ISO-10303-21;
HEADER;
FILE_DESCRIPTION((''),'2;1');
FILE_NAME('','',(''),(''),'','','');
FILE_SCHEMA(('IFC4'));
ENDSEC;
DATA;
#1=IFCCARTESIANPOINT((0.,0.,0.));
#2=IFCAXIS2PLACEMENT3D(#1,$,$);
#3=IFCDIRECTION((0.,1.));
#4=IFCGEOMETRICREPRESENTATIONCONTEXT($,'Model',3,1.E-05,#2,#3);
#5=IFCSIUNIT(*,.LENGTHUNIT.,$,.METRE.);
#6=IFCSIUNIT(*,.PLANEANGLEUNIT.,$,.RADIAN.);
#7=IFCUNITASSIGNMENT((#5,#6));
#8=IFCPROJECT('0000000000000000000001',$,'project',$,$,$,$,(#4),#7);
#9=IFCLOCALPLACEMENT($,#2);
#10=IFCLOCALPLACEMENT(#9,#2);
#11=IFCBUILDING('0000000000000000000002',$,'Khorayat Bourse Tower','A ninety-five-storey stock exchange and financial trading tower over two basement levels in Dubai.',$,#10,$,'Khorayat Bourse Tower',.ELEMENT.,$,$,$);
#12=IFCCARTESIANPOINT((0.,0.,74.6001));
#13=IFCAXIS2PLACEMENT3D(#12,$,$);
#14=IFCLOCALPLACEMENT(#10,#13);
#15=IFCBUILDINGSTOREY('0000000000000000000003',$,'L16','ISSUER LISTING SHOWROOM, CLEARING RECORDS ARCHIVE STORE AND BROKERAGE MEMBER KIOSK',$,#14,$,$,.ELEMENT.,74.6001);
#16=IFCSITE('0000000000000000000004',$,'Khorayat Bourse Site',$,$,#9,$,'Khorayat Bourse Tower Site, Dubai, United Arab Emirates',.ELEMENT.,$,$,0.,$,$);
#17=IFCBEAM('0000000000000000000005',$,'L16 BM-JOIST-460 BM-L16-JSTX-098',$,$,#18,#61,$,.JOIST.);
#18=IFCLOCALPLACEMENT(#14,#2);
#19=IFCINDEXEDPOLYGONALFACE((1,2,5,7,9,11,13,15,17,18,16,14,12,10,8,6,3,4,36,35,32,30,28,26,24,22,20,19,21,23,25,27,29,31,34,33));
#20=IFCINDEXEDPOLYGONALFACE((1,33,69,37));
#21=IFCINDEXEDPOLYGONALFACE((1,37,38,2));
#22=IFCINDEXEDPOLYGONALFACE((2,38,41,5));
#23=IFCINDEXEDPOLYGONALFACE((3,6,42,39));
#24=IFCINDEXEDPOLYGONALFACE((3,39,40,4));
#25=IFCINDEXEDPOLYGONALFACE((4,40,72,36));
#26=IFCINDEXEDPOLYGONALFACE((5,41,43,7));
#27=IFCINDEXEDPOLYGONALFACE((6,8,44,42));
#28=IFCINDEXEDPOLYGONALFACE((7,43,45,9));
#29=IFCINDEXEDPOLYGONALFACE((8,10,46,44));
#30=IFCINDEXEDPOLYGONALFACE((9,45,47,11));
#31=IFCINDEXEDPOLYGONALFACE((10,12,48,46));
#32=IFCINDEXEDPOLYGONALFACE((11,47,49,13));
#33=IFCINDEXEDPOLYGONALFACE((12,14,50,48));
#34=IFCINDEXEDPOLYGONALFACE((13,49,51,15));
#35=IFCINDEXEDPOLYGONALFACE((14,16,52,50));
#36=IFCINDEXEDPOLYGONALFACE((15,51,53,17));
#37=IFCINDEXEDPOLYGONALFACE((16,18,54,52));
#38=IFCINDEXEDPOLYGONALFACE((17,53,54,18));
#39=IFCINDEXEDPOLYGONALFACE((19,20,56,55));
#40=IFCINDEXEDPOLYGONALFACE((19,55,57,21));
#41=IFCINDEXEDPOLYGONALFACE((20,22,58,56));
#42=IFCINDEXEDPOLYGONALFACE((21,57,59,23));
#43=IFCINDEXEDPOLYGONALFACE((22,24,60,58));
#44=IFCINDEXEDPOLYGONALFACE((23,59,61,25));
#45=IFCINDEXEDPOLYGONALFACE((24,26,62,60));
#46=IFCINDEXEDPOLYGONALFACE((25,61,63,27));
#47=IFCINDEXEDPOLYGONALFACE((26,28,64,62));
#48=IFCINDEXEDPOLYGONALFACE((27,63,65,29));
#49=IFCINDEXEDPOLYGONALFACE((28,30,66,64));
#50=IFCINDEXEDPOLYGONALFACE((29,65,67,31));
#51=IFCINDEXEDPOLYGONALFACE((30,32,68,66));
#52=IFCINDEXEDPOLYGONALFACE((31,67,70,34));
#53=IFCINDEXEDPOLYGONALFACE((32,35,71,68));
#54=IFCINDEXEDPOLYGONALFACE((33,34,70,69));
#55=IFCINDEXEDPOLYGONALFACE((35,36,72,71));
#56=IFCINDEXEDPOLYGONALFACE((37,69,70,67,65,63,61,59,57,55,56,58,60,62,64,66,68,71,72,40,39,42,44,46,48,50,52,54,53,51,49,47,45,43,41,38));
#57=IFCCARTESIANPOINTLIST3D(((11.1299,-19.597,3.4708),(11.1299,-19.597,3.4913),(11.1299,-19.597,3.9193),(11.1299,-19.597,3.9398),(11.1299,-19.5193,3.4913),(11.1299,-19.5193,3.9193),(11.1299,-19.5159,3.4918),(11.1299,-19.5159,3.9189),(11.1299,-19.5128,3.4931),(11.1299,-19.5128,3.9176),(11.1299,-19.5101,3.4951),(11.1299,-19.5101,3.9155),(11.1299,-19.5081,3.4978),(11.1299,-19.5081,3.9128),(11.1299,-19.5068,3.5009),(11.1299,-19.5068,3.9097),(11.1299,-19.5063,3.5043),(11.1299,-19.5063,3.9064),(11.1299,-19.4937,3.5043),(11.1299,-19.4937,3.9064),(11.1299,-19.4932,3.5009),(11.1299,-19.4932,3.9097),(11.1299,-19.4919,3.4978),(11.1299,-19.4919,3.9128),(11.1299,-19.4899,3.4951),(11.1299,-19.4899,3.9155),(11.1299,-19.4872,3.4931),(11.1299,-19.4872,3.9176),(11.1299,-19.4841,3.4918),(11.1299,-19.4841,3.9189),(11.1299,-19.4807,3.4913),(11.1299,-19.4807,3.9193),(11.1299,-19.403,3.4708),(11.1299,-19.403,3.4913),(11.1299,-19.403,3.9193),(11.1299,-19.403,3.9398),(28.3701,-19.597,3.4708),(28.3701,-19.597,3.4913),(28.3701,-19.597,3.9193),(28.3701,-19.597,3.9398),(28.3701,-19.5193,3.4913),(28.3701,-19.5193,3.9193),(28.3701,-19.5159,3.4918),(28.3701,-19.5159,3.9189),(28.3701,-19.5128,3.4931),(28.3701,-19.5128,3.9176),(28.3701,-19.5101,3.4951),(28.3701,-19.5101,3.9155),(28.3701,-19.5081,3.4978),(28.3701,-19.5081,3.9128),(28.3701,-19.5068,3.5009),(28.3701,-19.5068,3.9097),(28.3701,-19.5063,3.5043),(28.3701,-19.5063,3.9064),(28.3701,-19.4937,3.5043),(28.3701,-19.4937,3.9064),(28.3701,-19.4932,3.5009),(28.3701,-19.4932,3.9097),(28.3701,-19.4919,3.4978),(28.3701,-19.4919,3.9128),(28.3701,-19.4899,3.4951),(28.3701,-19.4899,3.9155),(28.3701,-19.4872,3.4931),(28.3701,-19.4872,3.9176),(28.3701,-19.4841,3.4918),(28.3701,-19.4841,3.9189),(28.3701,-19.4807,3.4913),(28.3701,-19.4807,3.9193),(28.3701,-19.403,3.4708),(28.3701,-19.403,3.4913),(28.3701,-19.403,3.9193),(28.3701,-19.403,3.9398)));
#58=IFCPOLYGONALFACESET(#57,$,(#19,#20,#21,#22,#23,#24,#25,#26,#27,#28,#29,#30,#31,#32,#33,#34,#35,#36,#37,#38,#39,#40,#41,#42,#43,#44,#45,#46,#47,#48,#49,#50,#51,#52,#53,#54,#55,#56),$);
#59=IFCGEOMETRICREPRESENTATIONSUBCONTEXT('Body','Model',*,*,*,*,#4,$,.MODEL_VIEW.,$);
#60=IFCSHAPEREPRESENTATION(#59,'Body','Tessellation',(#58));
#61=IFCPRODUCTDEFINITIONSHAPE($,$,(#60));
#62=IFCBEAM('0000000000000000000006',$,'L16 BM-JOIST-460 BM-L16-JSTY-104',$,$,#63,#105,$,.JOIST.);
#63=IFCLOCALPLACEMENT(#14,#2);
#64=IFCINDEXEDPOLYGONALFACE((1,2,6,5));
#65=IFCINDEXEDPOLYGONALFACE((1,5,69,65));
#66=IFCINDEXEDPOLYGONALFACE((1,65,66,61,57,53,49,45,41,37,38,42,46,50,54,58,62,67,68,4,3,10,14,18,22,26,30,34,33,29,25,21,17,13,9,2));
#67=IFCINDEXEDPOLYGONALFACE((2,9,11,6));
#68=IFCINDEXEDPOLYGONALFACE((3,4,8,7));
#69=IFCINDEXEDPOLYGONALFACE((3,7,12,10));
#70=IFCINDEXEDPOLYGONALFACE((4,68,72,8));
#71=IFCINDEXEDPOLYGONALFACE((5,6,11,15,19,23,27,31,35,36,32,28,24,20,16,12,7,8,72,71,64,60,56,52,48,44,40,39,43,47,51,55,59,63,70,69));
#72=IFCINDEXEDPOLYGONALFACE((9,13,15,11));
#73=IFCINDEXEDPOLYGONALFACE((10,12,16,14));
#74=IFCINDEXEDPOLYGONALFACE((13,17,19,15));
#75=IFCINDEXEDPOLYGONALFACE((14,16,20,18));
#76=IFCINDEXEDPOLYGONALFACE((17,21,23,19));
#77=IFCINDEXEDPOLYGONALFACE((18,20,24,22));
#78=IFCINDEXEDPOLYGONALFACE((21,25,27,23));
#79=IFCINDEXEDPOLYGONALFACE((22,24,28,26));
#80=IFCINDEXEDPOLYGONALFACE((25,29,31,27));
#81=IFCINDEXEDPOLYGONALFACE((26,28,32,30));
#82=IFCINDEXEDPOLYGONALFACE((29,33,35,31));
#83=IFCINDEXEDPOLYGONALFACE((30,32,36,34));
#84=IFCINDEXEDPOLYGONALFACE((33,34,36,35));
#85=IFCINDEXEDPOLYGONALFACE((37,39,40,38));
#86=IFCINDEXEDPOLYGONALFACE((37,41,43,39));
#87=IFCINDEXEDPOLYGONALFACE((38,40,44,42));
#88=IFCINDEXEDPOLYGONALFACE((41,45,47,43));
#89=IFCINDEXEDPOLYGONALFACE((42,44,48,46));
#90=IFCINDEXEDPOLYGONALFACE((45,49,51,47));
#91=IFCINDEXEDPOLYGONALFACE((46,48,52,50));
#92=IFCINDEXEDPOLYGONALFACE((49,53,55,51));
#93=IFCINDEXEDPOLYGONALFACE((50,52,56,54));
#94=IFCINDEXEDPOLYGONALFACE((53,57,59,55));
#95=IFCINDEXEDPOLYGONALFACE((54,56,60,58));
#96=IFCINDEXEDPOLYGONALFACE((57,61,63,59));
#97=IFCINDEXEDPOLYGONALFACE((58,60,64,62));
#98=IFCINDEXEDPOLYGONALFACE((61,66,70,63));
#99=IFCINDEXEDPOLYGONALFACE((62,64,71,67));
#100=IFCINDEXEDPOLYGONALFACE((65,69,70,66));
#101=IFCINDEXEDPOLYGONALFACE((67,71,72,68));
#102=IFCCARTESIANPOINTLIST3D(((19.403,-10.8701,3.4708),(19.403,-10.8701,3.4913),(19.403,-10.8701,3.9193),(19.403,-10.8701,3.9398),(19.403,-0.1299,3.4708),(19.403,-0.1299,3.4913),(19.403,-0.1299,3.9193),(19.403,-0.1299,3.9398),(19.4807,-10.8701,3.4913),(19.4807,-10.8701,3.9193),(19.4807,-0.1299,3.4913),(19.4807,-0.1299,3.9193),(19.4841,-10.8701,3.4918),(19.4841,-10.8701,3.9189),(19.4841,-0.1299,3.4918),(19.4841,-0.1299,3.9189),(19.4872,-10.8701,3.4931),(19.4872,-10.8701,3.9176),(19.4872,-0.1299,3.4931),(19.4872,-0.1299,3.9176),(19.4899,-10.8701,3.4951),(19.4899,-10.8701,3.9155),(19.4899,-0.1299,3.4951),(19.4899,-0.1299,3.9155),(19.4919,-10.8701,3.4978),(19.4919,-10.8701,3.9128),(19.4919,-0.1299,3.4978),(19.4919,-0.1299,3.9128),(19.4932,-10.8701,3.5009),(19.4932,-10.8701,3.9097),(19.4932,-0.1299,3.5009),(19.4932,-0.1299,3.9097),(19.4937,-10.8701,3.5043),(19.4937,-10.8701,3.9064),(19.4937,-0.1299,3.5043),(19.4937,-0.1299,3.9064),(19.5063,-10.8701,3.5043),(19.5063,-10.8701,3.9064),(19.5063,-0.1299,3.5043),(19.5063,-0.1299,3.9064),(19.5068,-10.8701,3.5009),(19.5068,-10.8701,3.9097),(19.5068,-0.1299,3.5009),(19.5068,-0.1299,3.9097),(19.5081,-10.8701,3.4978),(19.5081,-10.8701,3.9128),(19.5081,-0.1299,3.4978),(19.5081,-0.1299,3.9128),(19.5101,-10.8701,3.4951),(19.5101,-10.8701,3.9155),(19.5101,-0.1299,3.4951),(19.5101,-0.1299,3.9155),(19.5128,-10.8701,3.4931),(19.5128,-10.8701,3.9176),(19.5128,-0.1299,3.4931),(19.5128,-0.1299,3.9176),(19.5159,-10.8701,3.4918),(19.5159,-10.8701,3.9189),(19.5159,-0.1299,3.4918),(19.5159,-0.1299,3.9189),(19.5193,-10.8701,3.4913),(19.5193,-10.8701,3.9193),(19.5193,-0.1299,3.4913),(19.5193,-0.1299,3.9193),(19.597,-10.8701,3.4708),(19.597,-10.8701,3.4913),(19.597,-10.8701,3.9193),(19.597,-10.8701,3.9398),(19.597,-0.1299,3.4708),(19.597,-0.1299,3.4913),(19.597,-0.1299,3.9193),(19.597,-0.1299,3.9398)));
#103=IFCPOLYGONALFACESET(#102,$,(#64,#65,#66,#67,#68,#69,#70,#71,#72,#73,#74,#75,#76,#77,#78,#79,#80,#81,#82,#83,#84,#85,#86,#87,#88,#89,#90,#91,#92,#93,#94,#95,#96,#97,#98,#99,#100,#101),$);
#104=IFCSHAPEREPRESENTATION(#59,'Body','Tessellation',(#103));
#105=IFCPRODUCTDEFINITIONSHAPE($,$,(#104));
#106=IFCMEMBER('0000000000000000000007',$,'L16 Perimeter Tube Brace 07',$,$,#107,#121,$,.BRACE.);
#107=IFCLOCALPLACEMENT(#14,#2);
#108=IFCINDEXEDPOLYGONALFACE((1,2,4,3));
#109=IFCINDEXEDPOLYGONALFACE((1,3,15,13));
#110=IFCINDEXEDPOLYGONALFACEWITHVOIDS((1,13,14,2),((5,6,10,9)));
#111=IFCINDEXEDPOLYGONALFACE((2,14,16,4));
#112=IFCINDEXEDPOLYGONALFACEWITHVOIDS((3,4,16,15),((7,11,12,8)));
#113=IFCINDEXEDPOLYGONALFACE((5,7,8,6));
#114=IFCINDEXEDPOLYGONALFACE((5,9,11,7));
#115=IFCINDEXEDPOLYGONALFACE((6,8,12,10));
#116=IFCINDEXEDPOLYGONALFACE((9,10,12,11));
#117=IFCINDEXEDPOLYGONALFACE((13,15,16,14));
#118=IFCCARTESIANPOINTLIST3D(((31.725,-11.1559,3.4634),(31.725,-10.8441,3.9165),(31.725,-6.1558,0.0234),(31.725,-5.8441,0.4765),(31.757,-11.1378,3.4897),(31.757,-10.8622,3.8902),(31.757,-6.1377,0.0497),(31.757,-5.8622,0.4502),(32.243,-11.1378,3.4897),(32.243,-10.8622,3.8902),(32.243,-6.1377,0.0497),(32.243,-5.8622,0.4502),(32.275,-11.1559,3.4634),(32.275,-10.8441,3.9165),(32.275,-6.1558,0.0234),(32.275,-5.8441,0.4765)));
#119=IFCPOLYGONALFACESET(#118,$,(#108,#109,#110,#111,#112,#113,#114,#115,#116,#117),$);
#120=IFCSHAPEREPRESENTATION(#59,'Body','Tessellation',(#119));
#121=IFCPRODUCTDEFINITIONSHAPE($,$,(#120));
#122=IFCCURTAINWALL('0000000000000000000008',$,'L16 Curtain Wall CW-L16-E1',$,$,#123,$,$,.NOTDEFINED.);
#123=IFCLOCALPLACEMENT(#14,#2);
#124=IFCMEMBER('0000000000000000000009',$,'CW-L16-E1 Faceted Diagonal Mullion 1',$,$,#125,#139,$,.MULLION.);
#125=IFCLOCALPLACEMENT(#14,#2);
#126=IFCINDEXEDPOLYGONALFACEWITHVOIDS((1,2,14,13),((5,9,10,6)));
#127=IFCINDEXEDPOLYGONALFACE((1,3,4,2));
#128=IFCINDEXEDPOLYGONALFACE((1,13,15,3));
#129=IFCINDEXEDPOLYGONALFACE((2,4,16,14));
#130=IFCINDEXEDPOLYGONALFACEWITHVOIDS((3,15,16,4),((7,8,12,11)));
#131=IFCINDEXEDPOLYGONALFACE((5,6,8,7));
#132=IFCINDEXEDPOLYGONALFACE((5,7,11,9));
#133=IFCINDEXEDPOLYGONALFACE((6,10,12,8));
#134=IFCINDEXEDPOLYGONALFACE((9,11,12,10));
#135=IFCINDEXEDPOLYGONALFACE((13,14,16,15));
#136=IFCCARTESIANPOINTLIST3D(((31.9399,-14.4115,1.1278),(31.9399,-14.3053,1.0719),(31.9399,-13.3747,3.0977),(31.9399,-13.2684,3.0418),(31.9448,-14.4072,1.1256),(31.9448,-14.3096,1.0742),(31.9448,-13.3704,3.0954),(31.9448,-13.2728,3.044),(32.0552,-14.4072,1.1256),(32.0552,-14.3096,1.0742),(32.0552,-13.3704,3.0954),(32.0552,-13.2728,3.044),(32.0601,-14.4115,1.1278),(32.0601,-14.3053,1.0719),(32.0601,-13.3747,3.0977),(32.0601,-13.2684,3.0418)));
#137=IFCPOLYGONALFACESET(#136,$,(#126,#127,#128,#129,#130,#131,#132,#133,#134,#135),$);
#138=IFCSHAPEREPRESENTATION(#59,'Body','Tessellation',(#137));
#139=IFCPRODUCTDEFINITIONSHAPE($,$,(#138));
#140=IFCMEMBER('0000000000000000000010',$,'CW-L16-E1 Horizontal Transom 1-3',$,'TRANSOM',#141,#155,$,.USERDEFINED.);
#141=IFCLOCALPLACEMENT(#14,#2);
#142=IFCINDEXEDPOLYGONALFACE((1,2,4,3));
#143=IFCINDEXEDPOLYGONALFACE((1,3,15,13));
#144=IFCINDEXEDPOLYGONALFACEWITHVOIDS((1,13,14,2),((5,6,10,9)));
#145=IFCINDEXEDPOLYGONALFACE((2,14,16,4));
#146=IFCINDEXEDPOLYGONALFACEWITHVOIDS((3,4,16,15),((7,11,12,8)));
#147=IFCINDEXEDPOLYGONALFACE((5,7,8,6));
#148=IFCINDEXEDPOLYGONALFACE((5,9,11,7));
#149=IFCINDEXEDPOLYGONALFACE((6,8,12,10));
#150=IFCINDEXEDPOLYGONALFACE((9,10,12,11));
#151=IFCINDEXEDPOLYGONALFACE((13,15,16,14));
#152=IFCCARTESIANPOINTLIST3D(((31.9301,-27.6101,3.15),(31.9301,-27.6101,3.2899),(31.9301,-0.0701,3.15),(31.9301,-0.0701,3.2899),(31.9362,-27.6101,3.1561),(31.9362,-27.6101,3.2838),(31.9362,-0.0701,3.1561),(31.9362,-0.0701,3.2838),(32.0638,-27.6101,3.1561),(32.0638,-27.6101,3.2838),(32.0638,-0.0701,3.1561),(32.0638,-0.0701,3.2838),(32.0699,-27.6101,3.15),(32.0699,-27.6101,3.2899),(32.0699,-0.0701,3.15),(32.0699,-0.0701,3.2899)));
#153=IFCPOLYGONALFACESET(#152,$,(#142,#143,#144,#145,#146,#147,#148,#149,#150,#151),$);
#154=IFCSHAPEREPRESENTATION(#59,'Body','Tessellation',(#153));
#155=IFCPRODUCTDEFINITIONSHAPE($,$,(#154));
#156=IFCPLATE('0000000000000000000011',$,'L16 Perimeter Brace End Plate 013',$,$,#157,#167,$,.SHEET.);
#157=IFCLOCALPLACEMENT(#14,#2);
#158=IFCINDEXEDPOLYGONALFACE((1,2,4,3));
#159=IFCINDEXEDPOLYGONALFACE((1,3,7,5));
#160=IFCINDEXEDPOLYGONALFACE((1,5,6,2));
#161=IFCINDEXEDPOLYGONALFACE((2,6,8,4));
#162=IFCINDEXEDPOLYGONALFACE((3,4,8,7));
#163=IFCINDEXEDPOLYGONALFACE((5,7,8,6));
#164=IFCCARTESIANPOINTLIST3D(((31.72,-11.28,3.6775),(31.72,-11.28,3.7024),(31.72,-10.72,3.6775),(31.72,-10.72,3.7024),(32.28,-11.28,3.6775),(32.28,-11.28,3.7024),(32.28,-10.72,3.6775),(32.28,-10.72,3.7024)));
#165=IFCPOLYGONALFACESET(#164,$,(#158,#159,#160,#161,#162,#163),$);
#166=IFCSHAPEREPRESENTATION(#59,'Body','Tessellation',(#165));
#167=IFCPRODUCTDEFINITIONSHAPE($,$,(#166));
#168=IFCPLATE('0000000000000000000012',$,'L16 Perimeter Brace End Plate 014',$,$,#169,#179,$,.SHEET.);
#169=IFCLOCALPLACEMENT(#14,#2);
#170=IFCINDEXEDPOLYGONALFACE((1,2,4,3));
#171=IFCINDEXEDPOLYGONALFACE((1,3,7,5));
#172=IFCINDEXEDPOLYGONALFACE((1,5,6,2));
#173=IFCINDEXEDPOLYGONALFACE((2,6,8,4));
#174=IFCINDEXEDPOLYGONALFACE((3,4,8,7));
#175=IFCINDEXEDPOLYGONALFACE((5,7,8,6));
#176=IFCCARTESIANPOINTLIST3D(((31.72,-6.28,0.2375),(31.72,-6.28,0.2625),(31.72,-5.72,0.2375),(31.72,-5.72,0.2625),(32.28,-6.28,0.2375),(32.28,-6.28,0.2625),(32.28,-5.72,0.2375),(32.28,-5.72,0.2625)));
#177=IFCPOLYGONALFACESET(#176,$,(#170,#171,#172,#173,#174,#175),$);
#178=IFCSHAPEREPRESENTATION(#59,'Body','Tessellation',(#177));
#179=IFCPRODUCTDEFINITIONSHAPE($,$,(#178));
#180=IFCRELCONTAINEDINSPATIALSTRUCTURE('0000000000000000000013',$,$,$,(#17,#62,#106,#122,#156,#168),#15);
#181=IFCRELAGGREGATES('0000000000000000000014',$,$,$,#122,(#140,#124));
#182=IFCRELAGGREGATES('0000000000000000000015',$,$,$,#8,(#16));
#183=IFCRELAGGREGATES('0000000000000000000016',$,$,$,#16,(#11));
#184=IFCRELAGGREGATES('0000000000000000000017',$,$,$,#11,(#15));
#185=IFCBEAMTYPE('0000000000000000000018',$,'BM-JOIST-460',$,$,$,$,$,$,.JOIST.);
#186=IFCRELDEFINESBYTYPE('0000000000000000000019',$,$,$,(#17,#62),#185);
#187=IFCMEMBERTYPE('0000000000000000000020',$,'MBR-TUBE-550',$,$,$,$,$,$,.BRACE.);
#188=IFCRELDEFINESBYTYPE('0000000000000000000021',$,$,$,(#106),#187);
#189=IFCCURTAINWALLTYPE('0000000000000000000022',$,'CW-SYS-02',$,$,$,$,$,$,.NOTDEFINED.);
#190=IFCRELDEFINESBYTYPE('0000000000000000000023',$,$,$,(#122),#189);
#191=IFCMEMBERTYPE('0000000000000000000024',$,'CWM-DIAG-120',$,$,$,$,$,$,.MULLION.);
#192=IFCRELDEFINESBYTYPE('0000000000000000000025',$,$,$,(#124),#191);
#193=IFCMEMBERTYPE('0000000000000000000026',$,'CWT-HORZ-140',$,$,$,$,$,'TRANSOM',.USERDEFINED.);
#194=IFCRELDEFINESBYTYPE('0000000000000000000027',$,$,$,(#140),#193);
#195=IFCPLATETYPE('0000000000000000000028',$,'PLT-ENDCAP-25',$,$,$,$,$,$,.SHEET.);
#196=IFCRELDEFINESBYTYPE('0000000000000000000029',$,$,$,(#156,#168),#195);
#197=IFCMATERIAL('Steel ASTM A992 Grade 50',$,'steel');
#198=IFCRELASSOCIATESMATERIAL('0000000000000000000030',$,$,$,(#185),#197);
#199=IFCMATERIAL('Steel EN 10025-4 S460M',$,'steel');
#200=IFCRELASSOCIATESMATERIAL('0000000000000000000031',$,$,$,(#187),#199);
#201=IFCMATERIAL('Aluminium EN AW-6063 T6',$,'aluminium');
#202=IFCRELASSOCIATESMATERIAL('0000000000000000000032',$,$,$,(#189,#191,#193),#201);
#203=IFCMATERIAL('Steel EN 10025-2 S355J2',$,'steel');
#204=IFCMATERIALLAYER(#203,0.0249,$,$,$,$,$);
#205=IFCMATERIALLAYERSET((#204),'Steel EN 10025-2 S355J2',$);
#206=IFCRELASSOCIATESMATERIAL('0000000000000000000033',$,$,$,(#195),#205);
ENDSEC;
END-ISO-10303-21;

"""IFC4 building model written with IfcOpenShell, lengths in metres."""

from ifc_helpers import new_model, si_unit, direction, frame, origin, origin_2d, place, context, subcontext, project, spatial, rectangle, hollow_rectangle, i_section, extrude, source, transform, mapped, material, layer, layer_set, material_profile, profile_set, type_object, element, aggregate, save


model = new_model("IFC4")

# Units and contexts
model_context = context("Model", 3, precision=1e-05, world=origin(), true_north=direction((0.0, 1.0)))
body_context = subcontext(model_context, "Body", "Model", "MODEL_VIEW")
ifc_project = project(units=[si_unit("LENGTHUNIT", "METRE"), si_unit("PLANEANGLEUNIT", "RADIAN")], contexts=[model_context])

# Site, building, storey
site_placement = place(None, origin())
site = spatial("IfcSite", under=ifc_project, at=site_placement, Name="Khorayat Bourse Site", LongName="Khorayat Bourse Tower Site, Dubai, United Arab Emirates", CompositionType="ELEMENT", RefElevation=0.0)
building_placement = place(site_placement, origin())
building = spatial("IfcBuilding", under=site, at=building_placement, Name="Khorayat Bourse Tower", Description="A ninety-five-storey stock exchange and financial trading tower over two basement levels in Dubai.", LongName="Khorayat Bourse Tower", CompositionType="ELEMENT")
storey_placement = place(building_placement, frame((0.0, 0.0, 74.6001)))
storey = spatial("IfcBuildingStorey", under=building, at=storey_placement, Name="L16", Description="ISSUER LISTING SHOWROOM, CLEARING RECORDS ARCHIVE STORE AND BROKERAGE MEMBER KIOSK", CompositionType="ELEMENT", Elevation=74.6001)

# Shared definitions
ifc_material_1 = material(Name="Steel EN 10025-4 S460M", Category="steel")

# Beams
ifc_material_2 = material(Name="Steel ASTM A992 Grade 50", Category="steel")
ifc_material_profile_1 = material_profile(ifc_material_2, i_section(OverallWidth=0.1941, OverallDepth=0.469, WebThickness=0.0127, FlangeThickness=0.0205, FilletRadius=0.0129, at=origin_2d()), Name="W460X106")
ifc_profile_set_1 = profile_set([ifc_material_profile_1], Name="Steel ASTM A992 Grade 50")
beam_type_1 = type_object("IfcBeamType", Name="BM-JOIST-460", PredefinedType="JOIST", material=ifc_profile_set_1)
shared_shape_1 = source(origin(), body_context, "Body", "SweptSolid", [
    extrude(i_section(OverallWidth=0.1941, OverallDepth=0.469, WebThickness=0.0127, FlangeThickness=0.0205, FilletRadius=0.0129, at=origin_2d()), origin(), (0.0, 0.0, 1.0), 17.2402),
])
beam_1_placement = place(storey_placement, frame((11.1299, -19.5, 3.7053), z_axis=(1.0, 0.0, 0.0), x_axis=(0.0, 1.0, 0.0)))
element("IfcBeam", 1, at=beam_1_placement, inside=storey, type_object=beam_type_1, Name="L16 BM-JOIST-460 BM-L16-JSTX-098", PredefinedType="JOIST", context=body_context, shape_type="MappedRepresentation", body=[
    mapped(shared_shape_1, transform((0.0, 0.0, 0.0), scale=1.0)),
])
shared_shape_2 = source(origin(), body_context, "Body", "SweptSolid", [
    extrude(i_section(OverallWidth=0.1941, OverallDepth=0.469, WebThickness=0.0127, FlangeThickness=0.0205, FilletRadius=0.0129, at=origin_2d()), origin(), (0.0, 0.0, 1.0), 10.7402),
])
beam_2_placement = place(storey_placement, frame((19.5, -10.8701, 3.7053), z_axis=(0.0, 1.0, 0.0), x_axis=(-1.0, 0.0, 0.0)))
element("IfcBeam", 2, at=beam_2_placement, inside=storey, type_object=beam_type_1, Name="L16 BM-JOIST-460 BM-L16-JSTY-104", PredefinedType="JOIST", context=body_context, shape_type="MappedRepresentation", body=[
    mapped(shared_shape_2, transform((0.0, 0.0, 0.0), scale=1.0)),
])

# Member
ifc_material_profile_2 = material_profile(ifc_material_1, hollow_rectangle(XDim=0.55, YDim=0.55, WallThickness=0.032, at=origin_2d()), Name="HSS 550x550x32")
ifc_profile_set_2 = profile_set([ifc_material_profile_2], Name="Steel EN 10025-4 S460M")
member_type_1 = type_object("IfcMemberType", Name="MBR-TUBE-550", PredefinedType="BRACE", material=ifc_profile_set_2)
shared_shape_3 = source(origin(), body_context, "Body", "SweptSolid", [
    extrude(hollow_rectangle(XDim=0.55, YDim=0.55, WallThickness=0.032, at=origin_2d()), origin(), (0.0, 0.0, 1.0), 6.0691),
])
member_1_placement = place(storey_placement, frame((32.0, -11.0, 3.6899), z_axis=(0.0, 0.823854, -0.566802), x_axis=(-1.0, 0.0, 0.0)))
element("IfcMember", 3, at=member_1_placement, inside=storey, type_object=member_type_1, Name="L16 Perimeter Tube Brace 07", PredefinedType="BRACE", context=body_context, shape_type="MappedRepresentation", body=[
    mapped(shared_shape_3, transform((0.0, 0.0, 0.0), scale=1.0)),
])

# Curtain wall, members
ifc_material_3 = material(Name="Aluminium EN AW-6063 T6", Category="aluminium")
curtain_wall_type = type_object("IfcCurtainWallType", Name="CW-SYS-02", PredefinedType="NOTDEFINED", material=ifc_material_3)
curtain_wall_placement = place(storey_placement, origin())
curtain_wall = element("IfcCurtainWall", 4, at=curtain_wall_placement, inside=storey, type_object=curtain_wall_type, Name="L16 Curtain Wall CW-L16-E1", PredefinedType="NOTDEFINED")
ifc_material_profile_3 = material_profile(ifc_material_3, hollow_rectangle(XDim=0.1201, YDim=0.1201, WallThickness=0.0049, at=origin_2d()), Name="ALU 120x120x5")
ifc_profile_set_3 = profile_set([ifc_material_profile_3], Name="Aluminium EN AW-6063 T6")
member_type_2 = type_object("IfcMemberType", Name="CWM-DIAG-120", PredefinedType="MULLION", material=ifc_profile_set_3)
shared_shape_4 = source(origin(), body_context, "Body", "SweptSolid", [
    extrude(hollow_rectangle(XDim=0.1201, YDim=0.1201, WallThickness=0.0049, at=origin_2d()), origin(), (0.0, 0.0, 1.0), 2.2261),
])
member_2_placement = place(storey_placement, frame((32.0, -14.3584, 1.0999), z_axis=(0.0, 0.46576, 0.884911), x_axis=(-1.0, 0.0, 0.0)))
member_2 = element("IfcMember", 5, at=member_2_placement, type_object=member_type_2, Name="CW-L16-E1 Faceted Diagonal Mullion 1", PredefinedType="MULLION", context=body_context, shape_type="MappedRepresentation", body=[
    mapped(shared_shape_4, transform((0.0, 0.0, 0.0), scale=1.0)),
])
ifc_material_profile_4 = material_profile(ifc_material_3, hollow_rectangle(XDim=0.1399, YDim=0.1399, WallThickness=0.0061, at=origin_2d()), Name="ALU 140x140x6")
ifc_profile_set_4 = profile_set([ifc_material_profile_4], Name="Aluminium EN AW-6063 T6")
member_type_3 = type_object("IfcMemberType", Name="CWT-HORZ-140", ElementType="TRANSOM", PredefinedType="USERDEFINED", material=ifc_profile_set_4)
shared_shape_5 = source(origin(), body_context, "Body", "SweptSolid", [
    extrude(hollow_rectangle(XDim=0.1399, YDim=0.1399, WallThickness=0.0061, at=origin_2d()), origin(), (0.0, 0.0, 1.0), 27.54),
])
member_3_placement = place(storey_placement, frame((32.0, -27.6101, 3.22), z_axis=(0.0, 1.0, 0.0), x_axis=(-1.0, 0.0, 0.0)))
member_3 = element("IfcMember", 6, at=member_3_placement, type_object=member_type_3, Name="CW-L16-E1 Horizontal Transom 1-3", ObjectType="TRANSOM", PredefinedType="USERDEFINED", context=body_context, shape_type="MappedRepresentation", body=[
    mapped(shared_shape_5, transform((0.0, 0.0, 0.0), scale=1.0)),
])

# Plates
ifc_material_4 = material(Name="Steel EN 10025-2 S355J2", Category="steel")
ifc_layer_1 = layer(ifc_material_4, 0.0249)
ifc_layer_set_1 = layer_set([ifc_layer_1], Name="Steel EN 10025-2 S355J2")
plate_type_1 = type_object("IfcPlateType", Name="PLT-ENDCAP-25", PredefinedType="SHEET", material=ifc_layer_set_1)
shared_shape_6 = source(origin(), body_context, "Body", "SweptSolid", [
    extrude(rectangle(XDim=0.5601, YDim=0.5601, at=origin_2d()), origin(), (0.0, 0.0, 1.0), 0.0249),
])
for number, where, z_axis, x_axis, name in (
    (7, (32.0, -11.0, 3.6775), (0.0, 0.0, 1.0), (1.0, 0.0, 0.0), "L16 Perimeter Brace End Plate 013"),
    (8, (32.0, -6.0, 0.2375), (0.0, 0.0, 1.0), (1.0, 0.0, 0.0), "L16 Perimeter Brace End Plate 014"),
):
    element("IfcPlate", number, at=place(storey_placement, frame(where, z_axis=z_axis, x_axis=x_axis)), inside=storey, type_object=plate_type_1, Name=name, PredefinedType="SHEET", context=body_context, shape_type="MappedRepresentation", body=[
        mapped(shared_shape_6, transform((0.0, 0.0, 0.0), scale=1.0)),
    ])

aggregate(curtain_wall, [member_3, member_2])

save(model, "model.ifc")
